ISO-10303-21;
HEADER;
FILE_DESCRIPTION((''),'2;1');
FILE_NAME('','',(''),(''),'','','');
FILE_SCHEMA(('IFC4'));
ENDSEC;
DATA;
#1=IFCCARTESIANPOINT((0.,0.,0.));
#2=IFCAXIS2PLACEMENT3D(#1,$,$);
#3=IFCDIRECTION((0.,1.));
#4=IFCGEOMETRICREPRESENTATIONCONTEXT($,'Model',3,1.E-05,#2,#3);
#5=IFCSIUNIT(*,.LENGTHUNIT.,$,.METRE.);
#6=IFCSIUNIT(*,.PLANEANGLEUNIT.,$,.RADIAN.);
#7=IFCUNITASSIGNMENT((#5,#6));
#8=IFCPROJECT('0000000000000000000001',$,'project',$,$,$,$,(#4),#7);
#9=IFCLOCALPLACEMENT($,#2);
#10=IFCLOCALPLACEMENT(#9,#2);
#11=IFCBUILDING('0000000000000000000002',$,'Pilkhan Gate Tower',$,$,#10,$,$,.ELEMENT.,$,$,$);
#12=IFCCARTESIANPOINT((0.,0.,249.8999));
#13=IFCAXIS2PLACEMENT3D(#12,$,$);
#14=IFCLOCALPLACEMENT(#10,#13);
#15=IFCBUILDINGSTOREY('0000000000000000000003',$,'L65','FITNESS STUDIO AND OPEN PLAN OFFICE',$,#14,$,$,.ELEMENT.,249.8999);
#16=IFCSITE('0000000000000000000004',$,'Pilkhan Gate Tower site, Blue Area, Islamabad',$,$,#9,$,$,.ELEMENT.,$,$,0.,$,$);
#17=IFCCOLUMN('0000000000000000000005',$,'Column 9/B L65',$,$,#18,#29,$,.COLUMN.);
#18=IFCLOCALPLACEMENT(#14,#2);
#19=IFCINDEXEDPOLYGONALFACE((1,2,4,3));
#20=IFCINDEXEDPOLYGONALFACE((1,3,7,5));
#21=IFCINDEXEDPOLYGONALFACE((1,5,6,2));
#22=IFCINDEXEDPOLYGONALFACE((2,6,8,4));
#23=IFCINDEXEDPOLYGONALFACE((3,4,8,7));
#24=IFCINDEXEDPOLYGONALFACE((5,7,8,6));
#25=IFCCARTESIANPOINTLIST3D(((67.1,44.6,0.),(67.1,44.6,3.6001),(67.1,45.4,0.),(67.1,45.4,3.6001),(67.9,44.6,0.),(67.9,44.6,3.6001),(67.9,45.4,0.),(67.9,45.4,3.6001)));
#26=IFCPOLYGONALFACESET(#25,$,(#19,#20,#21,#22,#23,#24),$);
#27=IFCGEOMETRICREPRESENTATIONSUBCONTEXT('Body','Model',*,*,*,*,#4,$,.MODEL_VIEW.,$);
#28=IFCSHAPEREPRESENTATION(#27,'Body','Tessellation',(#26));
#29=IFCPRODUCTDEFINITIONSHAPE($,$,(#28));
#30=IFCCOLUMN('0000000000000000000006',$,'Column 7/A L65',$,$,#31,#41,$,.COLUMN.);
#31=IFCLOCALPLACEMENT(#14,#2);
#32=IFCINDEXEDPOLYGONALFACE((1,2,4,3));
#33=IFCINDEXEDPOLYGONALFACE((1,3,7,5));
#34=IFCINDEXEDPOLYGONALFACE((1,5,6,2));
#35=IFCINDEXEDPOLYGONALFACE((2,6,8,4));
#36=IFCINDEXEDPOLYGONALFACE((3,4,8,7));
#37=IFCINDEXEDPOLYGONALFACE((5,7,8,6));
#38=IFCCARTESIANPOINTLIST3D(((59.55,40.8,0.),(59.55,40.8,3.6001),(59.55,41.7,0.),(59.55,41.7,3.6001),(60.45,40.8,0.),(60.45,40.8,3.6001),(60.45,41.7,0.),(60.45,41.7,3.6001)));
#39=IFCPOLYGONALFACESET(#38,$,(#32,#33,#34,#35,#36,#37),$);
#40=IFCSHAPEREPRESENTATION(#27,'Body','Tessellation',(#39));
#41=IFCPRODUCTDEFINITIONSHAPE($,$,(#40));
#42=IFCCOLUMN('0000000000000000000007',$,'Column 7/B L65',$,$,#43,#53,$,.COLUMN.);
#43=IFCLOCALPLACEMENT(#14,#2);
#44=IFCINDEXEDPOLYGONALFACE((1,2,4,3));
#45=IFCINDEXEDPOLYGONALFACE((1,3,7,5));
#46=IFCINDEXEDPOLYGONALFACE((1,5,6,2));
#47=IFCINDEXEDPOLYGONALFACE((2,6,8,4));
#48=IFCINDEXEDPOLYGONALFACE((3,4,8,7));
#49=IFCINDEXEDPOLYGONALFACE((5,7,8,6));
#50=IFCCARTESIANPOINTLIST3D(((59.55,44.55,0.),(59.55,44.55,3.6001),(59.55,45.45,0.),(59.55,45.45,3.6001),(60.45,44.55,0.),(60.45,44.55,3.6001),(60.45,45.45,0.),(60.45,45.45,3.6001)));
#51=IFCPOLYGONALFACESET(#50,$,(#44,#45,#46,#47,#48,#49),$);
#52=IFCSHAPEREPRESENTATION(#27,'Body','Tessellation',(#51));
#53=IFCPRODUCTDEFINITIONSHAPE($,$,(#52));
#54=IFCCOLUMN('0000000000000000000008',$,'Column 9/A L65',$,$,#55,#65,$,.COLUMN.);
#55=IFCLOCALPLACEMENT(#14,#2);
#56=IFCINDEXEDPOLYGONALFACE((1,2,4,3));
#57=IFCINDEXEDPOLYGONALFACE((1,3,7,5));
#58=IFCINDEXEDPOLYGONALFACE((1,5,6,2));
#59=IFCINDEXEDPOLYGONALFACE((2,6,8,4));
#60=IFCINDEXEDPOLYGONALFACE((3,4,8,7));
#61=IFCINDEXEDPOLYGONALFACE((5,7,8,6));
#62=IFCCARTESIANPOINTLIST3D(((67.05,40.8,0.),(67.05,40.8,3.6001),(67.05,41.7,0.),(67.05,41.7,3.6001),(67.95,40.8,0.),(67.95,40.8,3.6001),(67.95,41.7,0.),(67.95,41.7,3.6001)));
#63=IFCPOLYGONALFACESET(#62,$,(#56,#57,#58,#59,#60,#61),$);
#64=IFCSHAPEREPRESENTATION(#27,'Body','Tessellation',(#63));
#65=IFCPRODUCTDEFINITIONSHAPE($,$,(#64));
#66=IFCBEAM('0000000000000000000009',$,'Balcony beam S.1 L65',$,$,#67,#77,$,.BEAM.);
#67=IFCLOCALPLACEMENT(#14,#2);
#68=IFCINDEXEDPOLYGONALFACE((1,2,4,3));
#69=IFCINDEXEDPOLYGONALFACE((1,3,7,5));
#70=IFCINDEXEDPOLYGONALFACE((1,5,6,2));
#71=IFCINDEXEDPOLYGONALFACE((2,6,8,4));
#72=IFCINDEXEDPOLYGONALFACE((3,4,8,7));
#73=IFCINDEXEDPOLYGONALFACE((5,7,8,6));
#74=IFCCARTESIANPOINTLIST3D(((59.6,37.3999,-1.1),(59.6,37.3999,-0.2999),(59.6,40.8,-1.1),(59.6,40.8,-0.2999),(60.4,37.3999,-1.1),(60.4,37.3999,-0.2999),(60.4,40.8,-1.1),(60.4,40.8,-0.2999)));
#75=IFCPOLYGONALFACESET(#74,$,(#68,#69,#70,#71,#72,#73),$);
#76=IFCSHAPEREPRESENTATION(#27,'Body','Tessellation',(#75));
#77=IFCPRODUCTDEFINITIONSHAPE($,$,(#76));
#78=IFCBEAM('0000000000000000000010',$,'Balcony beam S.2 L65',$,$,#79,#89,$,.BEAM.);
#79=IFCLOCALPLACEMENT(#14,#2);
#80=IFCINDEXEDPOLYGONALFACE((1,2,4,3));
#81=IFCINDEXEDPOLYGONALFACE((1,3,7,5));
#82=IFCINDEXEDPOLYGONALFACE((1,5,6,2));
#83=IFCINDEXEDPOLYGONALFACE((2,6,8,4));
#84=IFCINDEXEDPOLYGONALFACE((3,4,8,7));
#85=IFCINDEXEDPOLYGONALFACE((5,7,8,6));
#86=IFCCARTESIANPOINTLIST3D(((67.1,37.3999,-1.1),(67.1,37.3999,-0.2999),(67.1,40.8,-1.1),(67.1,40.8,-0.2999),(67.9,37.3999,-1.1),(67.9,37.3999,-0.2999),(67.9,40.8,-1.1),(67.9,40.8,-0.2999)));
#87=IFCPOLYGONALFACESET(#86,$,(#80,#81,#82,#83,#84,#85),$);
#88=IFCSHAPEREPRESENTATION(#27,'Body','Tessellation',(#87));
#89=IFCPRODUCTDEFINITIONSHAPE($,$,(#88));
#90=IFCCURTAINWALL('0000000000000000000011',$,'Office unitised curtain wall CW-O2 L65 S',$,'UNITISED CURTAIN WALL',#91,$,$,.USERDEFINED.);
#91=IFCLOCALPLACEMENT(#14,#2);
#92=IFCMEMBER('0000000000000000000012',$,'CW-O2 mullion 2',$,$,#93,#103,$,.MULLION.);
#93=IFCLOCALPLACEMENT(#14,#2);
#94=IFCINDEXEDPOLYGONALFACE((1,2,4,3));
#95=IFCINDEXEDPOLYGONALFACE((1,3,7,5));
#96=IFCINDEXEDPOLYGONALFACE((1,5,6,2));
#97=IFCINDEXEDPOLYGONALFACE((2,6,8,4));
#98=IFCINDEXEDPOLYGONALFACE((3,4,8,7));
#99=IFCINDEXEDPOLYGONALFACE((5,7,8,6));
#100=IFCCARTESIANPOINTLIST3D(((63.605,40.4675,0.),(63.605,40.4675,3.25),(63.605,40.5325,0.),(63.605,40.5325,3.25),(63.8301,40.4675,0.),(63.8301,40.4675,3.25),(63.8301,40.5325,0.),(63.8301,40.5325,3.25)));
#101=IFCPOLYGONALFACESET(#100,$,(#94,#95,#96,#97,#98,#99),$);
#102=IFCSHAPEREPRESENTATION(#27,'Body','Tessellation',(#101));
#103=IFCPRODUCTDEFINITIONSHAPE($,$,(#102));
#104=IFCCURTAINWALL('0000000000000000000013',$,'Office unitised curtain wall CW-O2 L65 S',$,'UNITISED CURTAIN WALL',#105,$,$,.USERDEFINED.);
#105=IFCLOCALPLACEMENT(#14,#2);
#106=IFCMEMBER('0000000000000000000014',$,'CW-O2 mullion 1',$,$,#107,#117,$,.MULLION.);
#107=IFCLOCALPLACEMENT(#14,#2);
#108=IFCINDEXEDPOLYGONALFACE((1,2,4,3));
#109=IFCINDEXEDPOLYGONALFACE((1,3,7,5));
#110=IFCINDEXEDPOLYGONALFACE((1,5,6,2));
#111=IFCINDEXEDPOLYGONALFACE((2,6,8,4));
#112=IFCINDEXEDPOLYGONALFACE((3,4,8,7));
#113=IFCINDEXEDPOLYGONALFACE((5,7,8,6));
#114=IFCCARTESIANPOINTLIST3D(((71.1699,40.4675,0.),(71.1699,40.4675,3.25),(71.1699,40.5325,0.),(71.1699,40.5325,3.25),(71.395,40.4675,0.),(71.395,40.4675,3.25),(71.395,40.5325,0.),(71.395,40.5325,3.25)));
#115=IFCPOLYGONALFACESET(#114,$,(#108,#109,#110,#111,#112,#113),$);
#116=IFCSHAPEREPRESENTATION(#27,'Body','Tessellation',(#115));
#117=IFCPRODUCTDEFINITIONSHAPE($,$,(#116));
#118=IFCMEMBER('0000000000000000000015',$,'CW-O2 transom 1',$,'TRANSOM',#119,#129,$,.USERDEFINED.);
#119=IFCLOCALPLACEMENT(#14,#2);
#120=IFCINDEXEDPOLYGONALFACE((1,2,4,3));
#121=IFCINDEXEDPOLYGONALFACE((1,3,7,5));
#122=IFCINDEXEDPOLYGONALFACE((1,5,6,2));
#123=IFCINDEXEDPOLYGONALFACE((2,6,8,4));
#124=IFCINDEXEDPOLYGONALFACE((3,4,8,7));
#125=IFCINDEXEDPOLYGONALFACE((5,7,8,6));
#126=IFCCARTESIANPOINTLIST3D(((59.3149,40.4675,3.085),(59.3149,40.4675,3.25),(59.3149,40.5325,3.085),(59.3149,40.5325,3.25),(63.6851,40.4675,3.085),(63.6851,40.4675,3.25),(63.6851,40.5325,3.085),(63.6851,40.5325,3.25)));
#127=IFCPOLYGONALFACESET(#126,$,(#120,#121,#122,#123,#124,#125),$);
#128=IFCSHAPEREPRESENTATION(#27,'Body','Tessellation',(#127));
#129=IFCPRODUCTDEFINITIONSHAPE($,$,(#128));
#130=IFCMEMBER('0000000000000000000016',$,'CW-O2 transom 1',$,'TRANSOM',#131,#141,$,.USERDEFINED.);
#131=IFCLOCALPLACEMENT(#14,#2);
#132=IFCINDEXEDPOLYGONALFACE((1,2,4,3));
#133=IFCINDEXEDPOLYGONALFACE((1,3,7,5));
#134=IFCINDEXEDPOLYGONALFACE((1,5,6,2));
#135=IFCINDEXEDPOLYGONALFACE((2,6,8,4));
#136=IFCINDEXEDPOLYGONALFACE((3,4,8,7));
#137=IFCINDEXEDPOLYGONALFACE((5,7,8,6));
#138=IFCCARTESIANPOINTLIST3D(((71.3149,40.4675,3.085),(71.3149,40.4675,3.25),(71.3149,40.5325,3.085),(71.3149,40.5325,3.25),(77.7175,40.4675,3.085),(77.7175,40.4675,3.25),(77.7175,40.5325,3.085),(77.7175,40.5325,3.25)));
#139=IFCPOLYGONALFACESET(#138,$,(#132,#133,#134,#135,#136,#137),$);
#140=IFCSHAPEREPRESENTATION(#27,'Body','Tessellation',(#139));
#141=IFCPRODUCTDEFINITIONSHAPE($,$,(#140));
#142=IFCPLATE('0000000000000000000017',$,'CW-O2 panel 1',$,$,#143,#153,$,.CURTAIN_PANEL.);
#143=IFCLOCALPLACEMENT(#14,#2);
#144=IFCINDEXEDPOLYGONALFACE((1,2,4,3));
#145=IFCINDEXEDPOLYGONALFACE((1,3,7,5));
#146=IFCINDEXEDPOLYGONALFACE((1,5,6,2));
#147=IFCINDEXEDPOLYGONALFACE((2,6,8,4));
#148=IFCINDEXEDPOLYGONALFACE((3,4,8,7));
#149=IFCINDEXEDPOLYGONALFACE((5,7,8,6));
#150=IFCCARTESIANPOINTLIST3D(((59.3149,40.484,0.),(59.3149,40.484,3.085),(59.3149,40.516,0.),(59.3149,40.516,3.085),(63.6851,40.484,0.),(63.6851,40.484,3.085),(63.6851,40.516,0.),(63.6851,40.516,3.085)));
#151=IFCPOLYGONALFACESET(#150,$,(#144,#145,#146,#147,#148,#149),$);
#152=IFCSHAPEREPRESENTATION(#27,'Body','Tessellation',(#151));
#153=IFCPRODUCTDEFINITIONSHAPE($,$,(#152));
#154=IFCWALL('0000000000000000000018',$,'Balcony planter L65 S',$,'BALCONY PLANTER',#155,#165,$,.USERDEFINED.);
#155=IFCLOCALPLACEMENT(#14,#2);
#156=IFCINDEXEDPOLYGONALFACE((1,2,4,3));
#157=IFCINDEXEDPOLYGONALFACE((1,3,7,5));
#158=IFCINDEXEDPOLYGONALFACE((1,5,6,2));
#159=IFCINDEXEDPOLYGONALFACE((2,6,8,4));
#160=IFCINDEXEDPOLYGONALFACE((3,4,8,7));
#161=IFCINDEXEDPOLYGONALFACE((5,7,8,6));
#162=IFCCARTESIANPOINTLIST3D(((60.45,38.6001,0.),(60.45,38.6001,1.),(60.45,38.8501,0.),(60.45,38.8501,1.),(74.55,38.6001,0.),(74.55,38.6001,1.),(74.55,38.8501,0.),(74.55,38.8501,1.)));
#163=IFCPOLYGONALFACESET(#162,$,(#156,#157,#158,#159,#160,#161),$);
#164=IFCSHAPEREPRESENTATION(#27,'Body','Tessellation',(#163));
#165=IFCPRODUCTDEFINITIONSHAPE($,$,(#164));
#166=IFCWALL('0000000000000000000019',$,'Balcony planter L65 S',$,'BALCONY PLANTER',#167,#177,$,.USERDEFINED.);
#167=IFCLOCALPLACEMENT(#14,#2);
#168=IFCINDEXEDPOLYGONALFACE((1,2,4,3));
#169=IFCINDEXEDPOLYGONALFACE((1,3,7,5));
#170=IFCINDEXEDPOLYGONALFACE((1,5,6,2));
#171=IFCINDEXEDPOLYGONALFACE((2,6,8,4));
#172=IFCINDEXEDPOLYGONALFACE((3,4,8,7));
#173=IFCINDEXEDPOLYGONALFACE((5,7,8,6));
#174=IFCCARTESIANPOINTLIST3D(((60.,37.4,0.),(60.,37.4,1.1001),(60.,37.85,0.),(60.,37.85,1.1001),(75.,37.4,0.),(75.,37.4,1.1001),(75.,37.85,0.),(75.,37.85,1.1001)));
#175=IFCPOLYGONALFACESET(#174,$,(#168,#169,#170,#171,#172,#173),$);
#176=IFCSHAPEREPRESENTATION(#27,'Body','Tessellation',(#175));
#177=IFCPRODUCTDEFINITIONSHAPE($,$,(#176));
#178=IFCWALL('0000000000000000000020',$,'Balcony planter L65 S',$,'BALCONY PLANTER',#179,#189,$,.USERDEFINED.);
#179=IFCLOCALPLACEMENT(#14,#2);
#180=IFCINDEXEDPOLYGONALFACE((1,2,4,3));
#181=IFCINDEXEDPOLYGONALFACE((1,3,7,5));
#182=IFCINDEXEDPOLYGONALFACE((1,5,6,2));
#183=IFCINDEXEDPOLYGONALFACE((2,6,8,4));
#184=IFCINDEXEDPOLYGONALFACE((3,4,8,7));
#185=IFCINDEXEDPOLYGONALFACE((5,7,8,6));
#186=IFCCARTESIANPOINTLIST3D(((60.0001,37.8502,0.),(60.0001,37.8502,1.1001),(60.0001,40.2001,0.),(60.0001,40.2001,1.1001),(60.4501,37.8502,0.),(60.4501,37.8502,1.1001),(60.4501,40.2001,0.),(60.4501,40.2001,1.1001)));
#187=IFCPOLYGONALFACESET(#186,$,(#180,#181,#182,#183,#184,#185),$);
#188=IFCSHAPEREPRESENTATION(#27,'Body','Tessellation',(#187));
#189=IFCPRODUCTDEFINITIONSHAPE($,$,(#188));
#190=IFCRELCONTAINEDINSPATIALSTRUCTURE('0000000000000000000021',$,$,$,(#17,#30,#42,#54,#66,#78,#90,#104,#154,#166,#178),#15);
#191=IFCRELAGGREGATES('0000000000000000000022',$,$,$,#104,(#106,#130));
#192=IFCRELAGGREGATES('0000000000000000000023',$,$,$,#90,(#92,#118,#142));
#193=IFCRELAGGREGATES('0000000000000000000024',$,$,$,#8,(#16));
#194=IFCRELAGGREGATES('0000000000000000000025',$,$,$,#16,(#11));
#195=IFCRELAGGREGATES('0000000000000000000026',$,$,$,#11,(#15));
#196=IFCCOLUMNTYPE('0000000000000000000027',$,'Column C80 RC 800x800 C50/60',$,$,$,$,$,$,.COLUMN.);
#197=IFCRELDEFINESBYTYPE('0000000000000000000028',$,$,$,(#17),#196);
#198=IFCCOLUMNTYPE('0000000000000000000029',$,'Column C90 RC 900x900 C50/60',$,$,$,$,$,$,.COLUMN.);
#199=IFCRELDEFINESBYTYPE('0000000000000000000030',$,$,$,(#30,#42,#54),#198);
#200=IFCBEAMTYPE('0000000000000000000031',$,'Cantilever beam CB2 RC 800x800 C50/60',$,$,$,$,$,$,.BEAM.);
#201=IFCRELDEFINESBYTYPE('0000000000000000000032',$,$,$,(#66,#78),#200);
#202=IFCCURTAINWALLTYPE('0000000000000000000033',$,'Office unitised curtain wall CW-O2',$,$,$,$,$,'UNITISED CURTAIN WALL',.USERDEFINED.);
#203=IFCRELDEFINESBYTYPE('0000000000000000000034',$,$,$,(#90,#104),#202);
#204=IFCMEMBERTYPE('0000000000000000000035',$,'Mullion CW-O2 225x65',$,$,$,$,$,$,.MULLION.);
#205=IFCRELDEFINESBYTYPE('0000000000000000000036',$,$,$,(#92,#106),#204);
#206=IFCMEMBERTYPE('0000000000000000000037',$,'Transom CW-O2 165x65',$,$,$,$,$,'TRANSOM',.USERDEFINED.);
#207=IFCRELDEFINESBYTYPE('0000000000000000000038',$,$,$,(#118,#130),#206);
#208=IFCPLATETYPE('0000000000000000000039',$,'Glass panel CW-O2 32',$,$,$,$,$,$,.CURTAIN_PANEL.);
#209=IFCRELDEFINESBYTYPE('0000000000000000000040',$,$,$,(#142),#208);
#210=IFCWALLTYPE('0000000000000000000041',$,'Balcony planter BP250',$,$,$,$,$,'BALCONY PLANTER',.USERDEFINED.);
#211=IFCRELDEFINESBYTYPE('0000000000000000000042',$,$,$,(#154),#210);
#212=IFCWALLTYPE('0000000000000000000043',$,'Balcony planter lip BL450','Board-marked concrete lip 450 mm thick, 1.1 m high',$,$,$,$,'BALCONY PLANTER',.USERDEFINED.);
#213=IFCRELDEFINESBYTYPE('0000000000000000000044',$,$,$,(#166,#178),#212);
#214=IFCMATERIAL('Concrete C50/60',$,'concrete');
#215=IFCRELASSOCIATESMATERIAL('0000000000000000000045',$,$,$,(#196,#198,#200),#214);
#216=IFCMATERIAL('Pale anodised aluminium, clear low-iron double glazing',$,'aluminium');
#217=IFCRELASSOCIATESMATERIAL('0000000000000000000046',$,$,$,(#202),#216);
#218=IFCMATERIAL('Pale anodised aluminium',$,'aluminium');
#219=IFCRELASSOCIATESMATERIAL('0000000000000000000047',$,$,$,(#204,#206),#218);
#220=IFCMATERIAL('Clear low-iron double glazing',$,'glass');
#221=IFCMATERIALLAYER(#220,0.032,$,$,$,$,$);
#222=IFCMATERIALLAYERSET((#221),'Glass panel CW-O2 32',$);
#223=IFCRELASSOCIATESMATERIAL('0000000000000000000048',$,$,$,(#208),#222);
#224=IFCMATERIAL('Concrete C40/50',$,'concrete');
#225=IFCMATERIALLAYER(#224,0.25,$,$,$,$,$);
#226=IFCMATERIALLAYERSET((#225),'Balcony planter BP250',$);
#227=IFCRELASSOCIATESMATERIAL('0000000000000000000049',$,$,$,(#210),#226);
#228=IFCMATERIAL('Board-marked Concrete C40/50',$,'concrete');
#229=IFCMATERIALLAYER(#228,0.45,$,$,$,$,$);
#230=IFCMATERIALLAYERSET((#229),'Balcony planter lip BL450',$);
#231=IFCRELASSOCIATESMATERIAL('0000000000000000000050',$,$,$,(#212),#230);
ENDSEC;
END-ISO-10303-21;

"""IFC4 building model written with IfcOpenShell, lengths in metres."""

from ifc_helpers import new_model, si_unit, direction, frame, frame_2d, origin, origin_2d, place, context, subcontext, project, spatial, rectangle, extrude, material, layer, layer_set, material_profile, profile_set, type_object, element, aggregate, save


model = new_model("IFC4")

# Units and contexts
model_context = context("Model", 3, precision=1e-05, world=origin(), true_north=direction((0.0, 1.0)))
body_context = subcontext(model_context, "Body", "Model", "MODEL_VIEW")
ifc_project = project(units=[si_unit("LENGTHUNIT", "METRE"), si_unit("PLANEANGLEUNIT", "RADIAN")], contexts=[model_context])

# Site, building, storey
site_placement = place(None, origin())
site = spatial("IfcSite", under=ifc_project, at=site_placement, Name="Pilkhan Gate Tower site, Blue Area, Islamabad", CompositionType="ELEMENT", RefElevation=0.0)
building_placement = place(site_placement, origin())
building = spatial("IfcBuilding", under=site, at=building_placement, Name="Pilkhan Gate Tower", CompositionType="ELEMENT")
storey_placement = place(building_placement, frame((0.0, 0.0, 249.8999)))
storey = spatial("IfcBuildingStorey", under=building, at=storey_placement, Name="L65", Description="FITNESS STUDIO AND OPEN PLAN OFFICE", CompositionType="ELEMENT", Elevation=249.8999)

# Columns
ifc_material_1 = material(Name="Concrete C50/60", Category="concrete")
ifc_material_profile_1 = material_profile(ifc_material_1, rectangle(XDim=0.8, YDim=0.8, at=origin_2d()), Name="RC 800x800")
ifc_profile_set_1 = profile_set([ifc_material_profile_1], Name="Concrete C50/60")
column_type_1 = type_object("IfcColumnType", Name="Column C80 RC 800x800 C50/60", PredefinedType="COLUMN", material=ifc_profile_set_1)
column_placement = place(storey_placement, frame((67.5, 45.0, 0.0), z_axis=(0.0, 0.0, 1.0), x_axis=(1.0, 0.0, 0.0)))
element("IfcColumn", 1, at=column_placement, inside=storey, type_object=column_type_1, Name="Column 9/B L65", PredefinedType="COLUMN", context=body_context, shape_type="SweptSolid", body=[
    extrude(rectangle(XDim=0.8, YDim=0.8, at=origin_2d()), origin(), (0.0, 0.0, 1.0), 3.6001),
])
ifc_material_profile_2 = material_profile(ifc_material_1, rectangle(XDim=0.8999, YDim=0.8999, at=origin_2d()), Name="RC 900x900")
ifc_profile_set_2 = profile_set([ifc_material_profile_2], Name="Concrete C50/60")
column_type_2 = type_object("IfcColumnType", Name="Column C90 RC 900x900 C50/60", PredefinedType="COLUMN", material=ifc_profile_set_2)
for number, where, z_axis, x_axis, name in (
    (2, (60.0, 41.25, 0.0), (0.0, 0.0, 1.0), (1.0, 0.0, 0.0), "Column 7/A L65"),
    (3, (60.0, 45.0, 0.0), (0.0, 0.0, 1.0), (1.0, 0.0, 0.0), "Column 7/B L65"),
    (4, (67.5, 41.25, 0.0), (0.0, 0.0, 1.0), (1.0, 0.0, 0.0), "Column 9/A L65"),
):
    element("IfcColumn", number, at=place(storey_placement, frame(where, z_axis=z_axis, x_axis=x_axis)), inside=storey, type_object=column_type_2, Name=name, PredefinedType="COLUMN", context=body_context, shape_type="SweptSolid", body=[
        extrude(rectangle(XDim=0.8999, YDim=0.8999, at=origin_2d()), origin(), (0.0, 0.0, 1.0), 3.6001),
    ])

# Beams
ifc_material_profile_3 = material_profile(ifc_material_1, rectangle(XDim=0.8, YDim=0.8, at=origin_2d()), Name="RC 800x800")
ifc_profile_set_3 = profile_set([ifc_material_profile_3], Name="Concrete C50/60")
beam_type = type_object("IfcBeamType", Name="Cantilever beam CB2 RC 800x800 C50/60", PredefinedType="BEAM", material=ifc_profile_set_3)
for number, where, z_axis, x_axis, name in (
    (5, (60.0, 40.8, -0.7), (0.0, -1.0, 0.0), (1.0, 0.0, 0.0), "Balcony beam S.1 L65"),
    (6, (67.5, 40.8, -0.7), (0.0, -1.0, 0.0), (1.0, 0.0, 0.0), "Balcony beam S.2 L65"),
):
    element("IfcBeam", number, at=place(storey_placement, frame(where, z_axis=z_axis, x_axis=x_axis)), inside=storey, type_object=beam_type, Name=name, PredefinedType="BEAM", context=body_context, shape_type="SweptSolid", body=[
        extrude(rectangle(XDim=0.8, YDim=0.8, at=origin_2d()), origin(), (0.0, 0.0, 1.0), 3.4001),
    ])

# Curtain walls, members
ifc_material_2 = material(Name="Pale anodised aluminium, clear low-iron double glazing", Category="aluminium")
curtain_wall_type = type_object("IfcCurtainWallType", Name="Office unitised curtain wall CW-O2", ElementType="UNITISED CURTAIN WALL", PredefinedType="USERDEFINED", material=ifc_material_2)
curtain_wall_1_placement = place(storey_placement, origin())
curtain_wall_1 = element("IfcCurtainWall", 7, at=curtain_wall_1_placement, inside=storey, type_object=curtain_wall_type, Name="Office unitised curtain wall CW-O2 L65 S", ObjectType="UNITISED CURTAIN WALL", PredefinedType="USERDEFINED")
ifc_material_3 = material(Name="Pale anodised aluminium", Category="aluminium")
ifc_material_profile_4 = material_profile(ifc_material_3, rectangle(XDim=0.0649, YDim=0.2251, at=origin_2d()), Name="Mullion 225x65")
ifc_profile_set_4 = profile_set([ifc_material_profile_4], Name="Pale anodised aluminium")
member_type_1 = type_object("IfcMemberType", Name="Mullion CW-O2 225x65", PredefinedType="MULLION", material=ifc_profile_set_4)
member_1_placement = place(storey_placement, frame((63.7175, 40.5, 0.0), z_axis=(0.0, 0.0, 1.0), x_axis=(0.0, 1.0, 0.0)))
member_1 = element("IfcMember", 8, at=member_1_placement, type_object=member_type_1, Name="CW-O2 mullion 2", PredefinedType="MULLION", context=body_context, shape_type="SweptSolid", body=[
    extrude(rectangle(XDim=0.0649, YDim=0.2251, at=origin_2d()), origin(), (0.0, 0.0, 1.0), 3.25),
])
curtain_wall_2_placement = place(storey_placement, origin())
curtain_wall_2 = element("IfcCurtainWall", 9, at=curtain_wall_2_placement, inside=storey, type_object=curtain_wall_type, Name="Office unitised curtain wall CW-O2 L65 S", ObjectType="UNITISED CURTAIN WALL", PredefinedType="USERDEFINED")
member_2_placement = place(storey_placement, frame((71.2825, 40.5, 0.0), z_axis=(0.0, 0.0, 1.0), x_axis=(0.0, 1.0, 0.0)))
member_2 = element("IfcMember", 10, at=member_2_placement, type_object=member_type_1, Name="CW-O2 mullion 1", PredefinedType="MULLION", context=body_context, shape_type="SweptSolid", body=[
    extrude(rectangle(XDim=0.0649, YDim=0.2251, at=origin_2d()), origin(), (0.0, 0.0, 1.0), 3.25),
])

# Members
ifc_material_profile_5 = material_profile(ifc_material_3, rectangle(XDim=0.0649, YDim=0.165, at=origin_2d()), Name="Transom 165x65")
ifc_profile_set_5 = profile_set([ifc_material_profile_5], Name="Pale anodised aluminium")
member_type_2 = type_object("IfcMemberType", Name="Transom CW-O2 165x65", ElementType="TRANSOM", PredefinedType="USERDEFINED", material=ifc_profile_set_5)
member_3_placement = place(storey_placement, frame((59.3149, 40.5, 3.1675), z_axis=(1.0, 0.0, 0.0), x_axis=(0.0, 1.0, 0.0)))
member_3 = element("IfcMember", 11, at=member_3_placement, type_object=member_type_2, Name="CW-O2 transom 1", ObjectType="TRANSOM", PredefinedType="USERDEFINED", context=body_context, shape_type="SweptSolid", body=[
    extrude(rectangle(XDim=0.0649, YDim=0.165, at=origin_2d()), origin(), (0.0, 0.0, 1.0), 4.3701),
])
member_4_placement = place(storey_placement, frame((71.3149, 40.5, 3.1675), z_axis=(1.0, 0.0, 0.0), x_axis=(0.0, 1.0, 0.0)))
member_4 = element("IfcMember", 12, at=member_4_placement, type_object=member_type_2, Name="CW-O2 transom 1", ObjectType="TRANSOM", PredefinedType="USERDEFINED", context=body_context, shape_type="SweptSolid", body=[
    extrude(rectangle(XDim=0.0649, YDim=0.165, at=origin_2d()), origin(), (0.0, 0.0, 1.0), 6.4026),
])
aggregate(curtain_wall_2, [member_2, member_4])

# Plate
ifc_material_4 = material(Name="Clear low-iron double glazing", Category="glass")
ifc_layer_1 = layer(ifc_material_4, 0.032)
ifc_layer_set_1 = layer_set([ifc_layer_1], Name="Glass panel CW-O2 32")
plate_type = type_object("IfcPlateType", Name="Glass panel CW-O2 32", PredefinedType="CURTAIN_PANEL", material=ifc_layer_set_1)
plate_placement = place(storey_placement, frame((61.5, 40.5, 0.0), z_axis=(0.0, 0.0, 1.0), x_axis=(1.0, 0.0, 0.0)))
plate = element("IfcPlate", 13, at=plate_placement, type_object=plate_type, Name="CW-O2 panel 1", PredefinedType="CURTAIN_PANEL", context=body_context, shape_type="SweptSolid", body=[
    extrude(rectangle(XDim=4.3701, YDim=0.032, at=origin_2d()), origin(), (0.0, 0.0, 1.0), 3.085),
])
aggregate(curtain_wall_1, [member_1, member_3, plate])

# Walls
ifc_material_5 = material(Name="Concrete C40/50", Category="concrete")
ifc_layer_2 = layer(ifc_material_5, 0.25)
ifc_layer_set_2 = layer_set([ifc_layer_2], Name="Balcony planter BP250")
wall_type_1 = type_object("IfcWallType", Name="Balcony planter BP250", ElementType="BALCONY PLANTER", PredefinedType="USERDEFINED", material=ifc_layer_set_2)
wall_1_placement = place(storey_placement, frame((60.45, 38.7251, 0.0), z_axis=(0.0, 0.0, 1.0), x_axis=(1.0, 0.0, 0.0)))
element("IfcWall", 14, at=wall_1_placement, inside=storey, type_object=wall_type_1, Name="Balcony planter L65 S", ObjectType="BALCONY PLANTER", PredefinedType="USERDEFINED", context=body_context, shape_type="SweptSolid", body=[
    extrude(rectangle(XDim=14.1001, YDim=0.25, at=frame_2d((7.05, 0.0))), origin(), (0.0, 0.0, 1.0), 1.0),
])
ifc_material_6 = material(Name="Board-marked Concrete C40/50", Category="concrete")
ifc_layer_3 = layer(ifc_material_6, 0.45)
ifc_layer_set_3 = layer_set([ifc_layer_3], Name="Balcony planter lip BL450")
wall_type_2 = type_object("IfcWallType", Name="Balcony planter lip BL450", Description="Board-marked concrete lip 450 mm thick, 1.1 m high", ElementType="BALCONY PLANTER", PredefinedType="USERDEFINED", material=ifc_layer_set_3)
wall_2_placement = place(storey_placement, frame((60.0, 37.625, 0.0), z_axis=(0.0, 0.0, 1.0), x_axis=(1.0, 0.0, 0.0)))
element("IfcWall", 15, at=wall_2_placement, inside=storey, type_object=wall_type_2, Name="Balcony planter L65 S", ObjectType="BALCONY PLANTER", PredefinedType="USERDEFINED", context=body_context, shape_type="SweptSolid", body=[
    extrude(rectangle(XDim=15.0, YDim=0.45, at=frame_2d((7.5, 0.0))), origin(), (0.0, 0.0, 1.0), 1.1001),
])
wall_3_placement = place(storey_placement, frame((60.2251, 40.2, 0.0), z_axis=(0.0, 0.0, 1.0), x_axis=(0.0, -1.0, 0.0)))
element("IfcWall", 16, at=wall_3_placement, inside=storey, type_object=wall_type_2, Name="Balcony planter L65 S", ObjectType="BALCONY PLANTER", PredefinedType="USERDEFINED", context=body_context, shape_type="SweptSolid", body=[
    extrude(rectangle(XDim=2.3499, YDim=0.45, at=frame_2d((1.1748, 0.0))), origin(), (0.0, 0.0, 1.0), 1.1001),
])

save(model, "model.ifc")
